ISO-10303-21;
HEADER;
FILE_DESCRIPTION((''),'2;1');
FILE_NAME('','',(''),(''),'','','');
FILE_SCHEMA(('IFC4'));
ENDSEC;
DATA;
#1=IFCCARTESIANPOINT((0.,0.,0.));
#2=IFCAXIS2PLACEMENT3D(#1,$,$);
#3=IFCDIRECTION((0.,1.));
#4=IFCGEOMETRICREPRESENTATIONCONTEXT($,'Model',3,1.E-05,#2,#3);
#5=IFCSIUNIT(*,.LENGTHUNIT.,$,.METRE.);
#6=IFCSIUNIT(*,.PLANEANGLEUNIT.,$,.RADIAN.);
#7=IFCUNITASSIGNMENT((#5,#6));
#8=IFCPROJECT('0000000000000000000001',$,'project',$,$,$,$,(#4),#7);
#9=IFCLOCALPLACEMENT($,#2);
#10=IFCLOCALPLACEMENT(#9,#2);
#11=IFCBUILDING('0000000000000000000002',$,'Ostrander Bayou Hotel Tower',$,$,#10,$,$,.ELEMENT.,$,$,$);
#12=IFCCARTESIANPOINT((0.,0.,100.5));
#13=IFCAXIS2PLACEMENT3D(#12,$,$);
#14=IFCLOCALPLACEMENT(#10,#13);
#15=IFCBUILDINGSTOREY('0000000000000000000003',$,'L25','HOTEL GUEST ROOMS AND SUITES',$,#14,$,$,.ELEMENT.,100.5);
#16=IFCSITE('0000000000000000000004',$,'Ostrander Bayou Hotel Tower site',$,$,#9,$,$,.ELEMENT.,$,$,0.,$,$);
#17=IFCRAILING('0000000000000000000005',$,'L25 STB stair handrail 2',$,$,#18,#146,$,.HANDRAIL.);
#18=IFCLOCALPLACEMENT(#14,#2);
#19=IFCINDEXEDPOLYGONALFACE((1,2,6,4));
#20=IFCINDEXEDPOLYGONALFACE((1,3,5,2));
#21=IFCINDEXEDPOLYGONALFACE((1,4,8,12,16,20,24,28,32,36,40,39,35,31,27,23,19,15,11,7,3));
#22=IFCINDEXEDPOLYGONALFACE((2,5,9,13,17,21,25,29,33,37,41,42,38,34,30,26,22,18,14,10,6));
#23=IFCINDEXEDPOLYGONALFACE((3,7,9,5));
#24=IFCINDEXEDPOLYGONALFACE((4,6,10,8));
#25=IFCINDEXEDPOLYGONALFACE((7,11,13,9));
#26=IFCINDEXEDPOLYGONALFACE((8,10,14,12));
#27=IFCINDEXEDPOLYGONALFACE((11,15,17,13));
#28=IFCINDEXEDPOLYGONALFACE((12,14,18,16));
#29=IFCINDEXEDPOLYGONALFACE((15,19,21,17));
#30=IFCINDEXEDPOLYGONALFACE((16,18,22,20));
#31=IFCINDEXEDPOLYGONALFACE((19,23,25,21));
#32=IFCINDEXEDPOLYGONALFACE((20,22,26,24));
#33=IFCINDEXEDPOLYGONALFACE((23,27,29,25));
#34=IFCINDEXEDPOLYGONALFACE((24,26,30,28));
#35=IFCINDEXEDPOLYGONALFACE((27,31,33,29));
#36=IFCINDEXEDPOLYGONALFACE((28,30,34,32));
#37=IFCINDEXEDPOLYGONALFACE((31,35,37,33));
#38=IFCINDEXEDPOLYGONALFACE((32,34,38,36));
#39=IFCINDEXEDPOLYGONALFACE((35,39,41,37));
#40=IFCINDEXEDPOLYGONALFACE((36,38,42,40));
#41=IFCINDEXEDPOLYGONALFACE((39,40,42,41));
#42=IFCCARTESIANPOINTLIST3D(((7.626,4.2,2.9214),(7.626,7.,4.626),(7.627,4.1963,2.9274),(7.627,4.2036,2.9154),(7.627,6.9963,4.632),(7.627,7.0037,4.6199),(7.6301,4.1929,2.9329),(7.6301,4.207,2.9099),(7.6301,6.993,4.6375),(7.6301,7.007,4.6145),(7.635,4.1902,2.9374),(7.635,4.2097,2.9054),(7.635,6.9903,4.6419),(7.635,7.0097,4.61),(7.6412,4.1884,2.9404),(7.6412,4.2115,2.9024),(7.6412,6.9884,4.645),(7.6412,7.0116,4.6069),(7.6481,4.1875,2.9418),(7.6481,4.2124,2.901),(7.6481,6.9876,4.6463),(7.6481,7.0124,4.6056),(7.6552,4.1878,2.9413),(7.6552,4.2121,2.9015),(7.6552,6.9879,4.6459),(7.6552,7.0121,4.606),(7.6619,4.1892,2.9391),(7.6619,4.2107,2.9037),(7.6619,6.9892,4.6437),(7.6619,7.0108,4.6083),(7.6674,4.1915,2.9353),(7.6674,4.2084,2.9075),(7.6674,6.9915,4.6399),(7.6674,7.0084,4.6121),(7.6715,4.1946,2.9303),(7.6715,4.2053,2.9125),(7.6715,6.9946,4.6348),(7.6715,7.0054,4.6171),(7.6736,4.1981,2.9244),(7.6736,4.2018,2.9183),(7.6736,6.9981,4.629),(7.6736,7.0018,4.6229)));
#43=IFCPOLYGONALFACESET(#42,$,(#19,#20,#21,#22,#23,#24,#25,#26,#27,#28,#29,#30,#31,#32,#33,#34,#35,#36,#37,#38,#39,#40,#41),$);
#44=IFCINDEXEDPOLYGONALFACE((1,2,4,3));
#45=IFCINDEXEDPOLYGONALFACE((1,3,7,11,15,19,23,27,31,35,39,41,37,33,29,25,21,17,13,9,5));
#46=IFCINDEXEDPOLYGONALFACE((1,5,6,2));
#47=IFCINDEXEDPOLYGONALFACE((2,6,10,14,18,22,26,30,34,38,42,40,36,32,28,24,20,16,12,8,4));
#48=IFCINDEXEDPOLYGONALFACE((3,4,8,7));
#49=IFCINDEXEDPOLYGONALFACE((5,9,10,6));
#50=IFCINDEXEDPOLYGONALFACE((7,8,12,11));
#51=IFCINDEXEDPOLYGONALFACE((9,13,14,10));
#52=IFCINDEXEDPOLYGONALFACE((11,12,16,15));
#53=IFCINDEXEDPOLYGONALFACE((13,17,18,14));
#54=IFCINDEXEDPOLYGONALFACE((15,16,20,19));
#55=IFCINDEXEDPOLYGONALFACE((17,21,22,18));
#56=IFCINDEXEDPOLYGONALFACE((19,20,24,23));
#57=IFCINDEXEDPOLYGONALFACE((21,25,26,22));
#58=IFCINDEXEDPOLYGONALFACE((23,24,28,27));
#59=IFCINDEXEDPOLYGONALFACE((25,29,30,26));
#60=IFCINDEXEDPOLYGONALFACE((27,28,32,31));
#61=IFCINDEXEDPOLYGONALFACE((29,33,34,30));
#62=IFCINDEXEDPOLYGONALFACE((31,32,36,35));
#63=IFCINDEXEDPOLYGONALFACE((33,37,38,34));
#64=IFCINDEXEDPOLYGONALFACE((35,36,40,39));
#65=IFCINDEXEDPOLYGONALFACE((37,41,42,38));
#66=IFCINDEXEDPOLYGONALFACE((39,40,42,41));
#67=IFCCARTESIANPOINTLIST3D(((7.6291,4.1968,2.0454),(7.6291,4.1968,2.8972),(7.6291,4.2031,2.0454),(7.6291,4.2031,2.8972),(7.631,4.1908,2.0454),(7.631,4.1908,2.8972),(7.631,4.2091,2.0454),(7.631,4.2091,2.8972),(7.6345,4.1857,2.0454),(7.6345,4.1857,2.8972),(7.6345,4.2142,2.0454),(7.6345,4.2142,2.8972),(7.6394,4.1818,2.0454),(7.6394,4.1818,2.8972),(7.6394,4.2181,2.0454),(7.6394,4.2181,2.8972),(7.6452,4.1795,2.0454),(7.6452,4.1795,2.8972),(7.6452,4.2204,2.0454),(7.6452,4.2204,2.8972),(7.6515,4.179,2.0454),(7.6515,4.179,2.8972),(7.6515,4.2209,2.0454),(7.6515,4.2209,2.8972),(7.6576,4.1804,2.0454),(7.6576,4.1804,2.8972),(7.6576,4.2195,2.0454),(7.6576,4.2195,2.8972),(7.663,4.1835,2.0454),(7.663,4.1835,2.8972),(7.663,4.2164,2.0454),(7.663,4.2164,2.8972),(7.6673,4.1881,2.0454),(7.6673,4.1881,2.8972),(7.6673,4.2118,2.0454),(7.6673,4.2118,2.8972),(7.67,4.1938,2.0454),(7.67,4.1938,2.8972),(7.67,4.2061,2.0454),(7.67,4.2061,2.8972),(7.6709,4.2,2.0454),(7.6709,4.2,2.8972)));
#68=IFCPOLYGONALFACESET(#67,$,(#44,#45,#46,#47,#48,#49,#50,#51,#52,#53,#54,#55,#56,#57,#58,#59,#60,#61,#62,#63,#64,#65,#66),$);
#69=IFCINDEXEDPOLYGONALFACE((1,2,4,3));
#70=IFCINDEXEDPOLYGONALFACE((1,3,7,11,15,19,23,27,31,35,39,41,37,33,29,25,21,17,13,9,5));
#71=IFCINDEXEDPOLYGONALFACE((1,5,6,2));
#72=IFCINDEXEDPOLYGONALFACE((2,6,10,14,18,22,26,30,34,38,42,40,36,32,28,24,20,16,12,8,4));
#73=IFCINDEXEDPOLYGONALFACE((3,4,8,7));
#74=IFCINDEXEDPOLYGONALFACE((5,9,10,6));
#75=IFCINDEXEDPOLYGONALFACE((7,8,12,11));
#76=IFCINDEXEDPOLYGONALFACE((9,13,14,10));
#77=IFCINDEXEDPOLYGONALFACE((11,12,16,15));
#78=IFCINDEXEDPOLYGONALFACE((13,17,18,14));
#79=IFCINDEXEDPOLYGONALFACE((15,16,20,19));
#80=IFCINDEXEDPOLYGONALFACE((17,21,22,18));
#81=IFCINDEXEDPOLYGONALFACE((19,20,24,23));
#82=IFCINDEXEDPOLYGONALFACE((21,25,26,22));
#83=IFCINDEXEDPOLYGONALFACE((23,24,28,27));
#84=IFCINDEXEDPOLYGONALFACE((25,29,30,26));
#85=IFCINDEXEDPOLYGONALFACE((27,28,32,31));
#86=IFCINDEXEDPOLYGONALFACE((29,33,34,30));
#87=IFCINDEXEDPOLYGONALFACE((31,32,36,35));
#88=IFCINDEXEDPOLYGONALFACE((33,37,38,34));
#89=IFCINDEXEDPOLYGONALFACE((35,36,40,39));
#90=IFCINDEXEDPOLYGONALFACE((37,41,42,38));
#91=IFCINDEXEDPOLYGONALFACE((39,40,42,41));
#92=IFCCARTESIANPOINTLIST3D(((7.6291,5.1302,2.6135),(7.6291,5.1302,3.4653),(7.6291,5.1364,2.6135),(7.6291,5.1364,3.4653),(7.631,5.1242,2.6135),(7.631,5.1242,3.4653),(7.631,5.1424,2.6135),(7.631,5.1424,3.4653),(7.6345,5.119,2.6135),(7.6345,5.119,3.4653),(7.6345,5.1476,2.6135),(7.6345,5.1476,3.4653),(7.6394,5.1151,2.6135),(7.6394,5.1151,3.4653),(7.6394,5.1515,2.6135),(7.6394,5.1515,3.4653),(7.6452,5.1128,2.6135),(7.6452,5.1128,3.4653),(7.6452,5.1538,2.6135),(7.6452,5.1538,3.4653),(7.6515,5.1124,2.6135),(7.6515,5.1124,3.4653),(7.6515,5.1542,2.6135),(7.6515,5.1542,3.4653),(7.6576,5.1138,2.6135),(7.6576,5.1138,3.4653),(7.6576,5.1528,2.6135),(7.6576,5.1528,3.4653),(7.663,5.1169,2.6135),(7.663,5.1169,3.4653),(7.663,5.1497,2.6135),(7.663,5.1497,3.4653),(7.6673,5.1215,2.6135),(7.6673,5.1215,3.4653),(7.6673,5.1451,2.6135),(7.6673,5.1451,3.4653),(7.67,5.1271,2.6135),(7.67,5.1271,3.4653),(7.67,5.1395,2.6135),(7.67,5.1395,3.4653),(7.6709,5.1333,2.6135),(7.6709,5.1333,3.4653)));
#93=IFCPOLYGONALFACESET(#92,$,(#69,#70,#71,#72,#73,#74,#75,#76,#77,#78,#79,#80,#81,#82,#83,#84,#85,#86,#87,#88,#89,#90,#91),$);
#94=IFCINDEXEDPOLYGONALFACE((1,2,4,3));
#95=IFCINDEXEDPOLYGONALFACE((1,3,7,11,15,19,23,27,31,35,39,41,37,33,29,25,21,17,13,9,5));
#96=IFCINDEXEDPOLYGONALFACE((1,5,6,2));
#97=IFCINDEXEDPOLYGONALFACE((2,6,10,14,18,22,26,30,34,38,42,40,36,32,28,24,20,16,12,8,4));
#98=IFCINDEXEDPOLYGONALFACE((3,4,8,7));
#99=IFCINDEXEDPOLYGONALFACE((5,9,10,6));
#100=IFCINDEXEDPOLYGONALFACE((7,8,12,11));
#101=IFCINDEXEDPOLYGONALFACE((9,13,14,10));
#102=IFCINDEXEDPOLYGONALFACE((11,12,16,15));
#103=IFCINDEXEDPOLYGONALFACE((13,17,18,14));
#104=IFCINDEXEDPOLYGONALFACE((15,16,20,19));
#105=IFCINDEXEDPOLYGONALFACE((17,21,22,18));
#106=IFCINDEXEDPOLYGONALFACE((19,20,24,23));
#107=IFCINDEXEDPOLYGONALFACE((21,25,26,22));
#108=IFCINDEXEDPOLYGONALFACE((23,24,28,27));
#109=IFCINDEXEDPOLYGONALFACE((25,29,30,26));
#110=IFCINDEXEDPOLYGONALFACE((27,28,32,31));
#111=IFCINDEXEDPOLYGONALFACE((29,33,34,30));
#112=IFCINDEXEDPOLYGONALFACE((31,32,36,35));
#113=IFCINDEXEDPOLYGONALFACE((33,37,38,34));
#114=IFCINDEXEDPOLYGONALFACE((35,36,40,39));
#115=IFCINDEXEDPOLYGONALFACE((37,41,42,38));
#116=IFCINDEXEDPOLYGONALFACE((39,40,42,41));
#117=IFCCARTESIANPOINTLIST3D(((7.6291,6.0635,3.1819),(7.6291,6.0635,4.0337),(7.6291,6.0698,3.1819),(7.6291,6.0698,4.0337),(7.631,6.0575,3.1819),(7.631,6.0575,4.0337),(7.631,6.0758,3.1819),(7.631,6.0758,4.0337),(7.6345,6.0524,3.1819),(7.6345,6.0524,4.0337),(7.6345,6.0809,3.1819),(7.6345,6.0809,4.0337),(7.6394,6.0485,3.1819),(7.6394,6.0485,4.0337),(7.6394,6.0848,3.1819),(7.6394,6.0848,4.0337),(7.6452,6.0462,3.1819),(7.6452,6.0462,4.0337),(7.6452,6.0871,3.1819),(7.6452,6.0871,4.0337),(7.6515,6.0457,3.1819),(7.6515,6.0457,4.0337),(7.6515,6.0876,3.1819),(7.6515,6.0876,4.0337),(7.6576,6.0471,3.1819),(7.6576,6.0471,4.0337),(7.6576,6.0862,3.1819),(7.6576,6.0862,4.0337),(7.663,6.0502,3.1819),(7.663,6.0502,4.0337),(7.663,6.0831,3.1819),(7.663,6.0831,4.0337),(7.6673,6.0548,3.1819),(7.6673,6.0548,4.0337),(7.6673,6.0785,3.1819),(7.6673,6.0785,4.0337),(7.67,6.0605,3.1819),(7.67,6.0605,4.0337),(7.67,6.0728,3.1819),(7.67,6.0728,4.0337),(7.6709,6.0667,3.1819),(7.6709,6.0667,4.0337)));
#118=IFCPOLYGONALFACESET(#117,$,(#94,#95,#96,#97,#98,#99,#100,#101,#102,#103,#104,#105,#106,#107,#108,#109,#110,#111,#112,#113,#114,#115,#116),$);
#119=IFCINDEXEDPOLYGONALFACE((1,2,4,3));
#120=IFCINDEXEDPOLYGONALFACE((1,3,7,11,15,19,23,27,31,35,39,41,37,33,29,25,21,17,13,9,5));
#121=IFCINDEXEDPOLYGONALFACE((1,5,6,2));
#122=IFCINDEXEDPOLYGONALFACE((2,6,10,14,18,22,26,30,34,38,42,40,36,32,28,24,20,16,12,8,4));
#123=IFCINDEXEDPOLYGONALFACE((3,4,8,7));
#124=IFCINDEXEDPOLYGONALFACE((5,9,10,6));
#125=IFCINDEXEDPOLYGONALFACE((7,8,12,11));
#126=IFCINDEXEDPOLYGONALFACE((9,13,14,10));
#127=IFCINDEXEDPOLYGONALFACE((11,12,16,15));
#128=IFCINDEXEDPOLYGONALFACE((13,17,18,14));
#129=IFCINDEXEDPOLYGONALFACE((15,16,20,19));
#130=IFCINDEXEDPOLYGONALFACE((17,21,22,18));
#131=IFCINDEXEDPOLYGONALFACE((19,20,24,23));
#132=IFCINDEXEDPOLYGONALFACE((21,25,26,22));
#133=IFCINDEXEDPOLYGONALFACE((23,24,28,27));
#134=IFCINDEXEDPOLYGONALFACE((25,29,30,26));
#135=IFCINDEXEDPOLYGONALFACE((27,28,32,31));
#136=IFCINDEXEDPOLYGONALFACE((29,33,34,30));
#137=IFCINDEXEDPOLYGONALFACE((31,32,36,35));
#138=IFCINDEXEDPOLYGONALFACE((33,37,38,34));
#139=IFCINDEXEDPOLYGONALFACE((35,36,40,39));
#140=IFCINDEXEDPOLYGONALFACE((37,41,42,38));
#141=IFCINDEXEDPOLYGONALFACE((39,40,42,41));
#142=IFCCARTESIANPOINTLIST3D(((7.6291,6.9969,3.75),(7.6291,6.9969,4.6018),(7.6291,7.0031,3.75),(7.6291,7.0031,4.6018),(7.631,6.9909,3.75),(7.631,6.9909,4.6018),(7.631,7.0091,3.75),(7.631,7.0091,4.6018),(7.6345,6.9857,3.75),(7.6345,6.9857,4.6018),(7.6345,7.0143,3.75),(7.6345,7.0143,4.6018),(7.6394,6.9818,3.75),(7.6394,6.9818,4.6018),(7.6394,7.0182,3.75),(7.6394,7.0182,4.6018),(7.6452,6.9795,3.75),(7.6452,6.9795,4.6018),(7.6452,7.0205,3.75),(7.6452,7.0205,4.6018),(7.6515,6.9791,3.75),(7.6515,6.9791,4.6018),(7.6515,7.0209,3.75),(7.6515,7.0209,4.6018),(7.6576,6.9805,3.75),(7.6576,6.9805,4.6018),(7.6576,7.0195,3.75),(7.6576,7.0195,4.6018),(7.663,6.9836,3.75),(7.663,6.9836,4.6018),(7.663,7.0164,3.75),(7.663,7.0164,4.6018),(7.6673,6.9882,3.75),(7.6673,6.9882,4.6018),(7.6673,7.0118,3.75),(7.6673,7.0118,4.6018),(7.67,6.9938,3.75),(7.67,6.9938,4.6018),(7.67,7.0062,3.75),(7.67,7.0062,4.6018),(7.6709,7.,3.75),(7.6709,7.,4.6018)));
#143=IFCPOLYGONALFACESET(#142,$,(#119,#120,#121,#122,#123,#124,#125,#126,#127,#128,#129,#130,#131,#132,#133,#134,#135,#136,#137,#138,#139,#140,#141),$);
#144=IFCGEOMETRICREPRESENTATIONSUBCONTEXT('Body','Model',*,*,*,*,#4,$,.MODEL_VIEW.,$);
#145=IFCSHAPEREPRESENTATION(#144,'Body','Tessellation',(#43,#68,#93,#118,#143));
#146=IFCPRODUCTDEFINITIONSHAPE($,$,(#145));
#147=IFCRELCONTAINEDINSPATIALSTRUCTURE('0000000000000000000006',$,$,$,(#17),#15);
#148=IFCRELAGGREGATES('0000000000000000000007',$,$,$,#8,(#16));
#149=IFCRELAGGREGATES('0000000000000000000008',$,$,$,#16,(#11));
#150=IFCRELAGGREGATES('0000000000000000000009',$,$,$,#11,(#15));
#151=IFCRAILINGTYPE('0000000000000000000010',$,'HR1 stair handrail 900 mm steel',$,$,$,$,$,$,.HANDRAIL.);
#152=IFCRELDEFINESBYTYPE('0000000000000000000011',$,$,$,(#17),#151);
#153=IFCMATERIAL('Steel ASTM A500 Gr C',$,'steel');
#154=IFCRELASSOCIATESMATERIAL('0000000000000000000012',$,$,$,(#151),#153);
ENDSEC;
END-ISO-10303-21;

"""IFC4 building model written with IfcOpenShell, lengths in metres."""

from ifc_helpers import new_model, si_unit, direction, frame, origin, origin_2d, place, context, subcontext, project, spatial, circle, extrude, material, type_object, element, save


model = new_model("IFC4")

# Units and contexts
model_context = context("Model", 3, precision=1e-05, world=origin(), true_north=direction((0.0, 1.0)))
body_context = subcontext(model_context, "Body", "Model", "MODEL_VIEW")
ifc_project = project(units=[si_unit("LENGTHUNIT", "METRE"), si_unit("PLANEANGLEUNIT", "RADIAN")], contexts=[model_context])

# Site, building, storey
site_placement = place(None, origin())
site = spatial("IfcSite", under=ifc_project, at=site_placement, Name="Ostrander Bayou Hotel Tower site", CompositionType="ELEMENT", RefElevation=0.0)
building_placement = place(site_placement, origin())
building = spatial("IfcBuilding", under=site, at=building_placement, Name="Ostrander Bayou Hotel Tower", CompositionType="ELEMENT")
storey_placement = place(building_placement, frame((0.0, 0.0, 100.5)))
storey = spatial("IfcBuildingStorey", under=building, at=storey_placement, Name="L25", Description="HOTEL GUEST ROOMS AND SUITES", CompositionType="ELEMENT", Elevation=100.5)

# Railing
ifc_material_1 = material(Name="Steel ASTM A500 Gr C", Category="steel")
railing_type_1 = type_object("IfcRailingType", Name="HR1 stair handrail 900 mm steel", PredefinedType="HANDRAIL", material=ifc_material_1)
railing_1_placement = place(storey_placement, frame((7.6499, 4.2, 2.0454)))
element("IfcRailing", 1, at=railing_1_placement, inside=storey, type_object=railing_type_1, Name="L25 STB stair handrail 2", PredefinedType="HANDRAIL", context=body_context, shape_type="SweptSolid", body=[
    extrude(circle(Radius=0.0239, at=origin_2d()), frame((0.0, 0.0, 0.876), z_axis=(0.0, 0.85417, 0.519994), x_axis=(-1.0, 0.0, 0.0)), (0.0, 0.0, 1.0), 3.2781),
    extrude(circle(Radius=0.021, at=origin_2d()), origin(), (0.0, 0.0, 1.0), 0.8518),
    extrude(circle(Radius=0.021, at=origin_2d()), frame((0.0, 0.9333, 0.5681)), (0.0, 0.0, 1.0), 0.8518),
    extrude(circle(Radius=0.021, at=origin_2d()), frame((0.0, 1.8667, 1.1365)), (0.0, 0.0, 1.0), 0.8518),
    extrude(circle(Radius=0.021, at=origin_2d()), frame((0.0, 2.8, 1.7046)), (0.0, 0.0, 1.0), 0.8518),
])

save(model, "model.ifc")
